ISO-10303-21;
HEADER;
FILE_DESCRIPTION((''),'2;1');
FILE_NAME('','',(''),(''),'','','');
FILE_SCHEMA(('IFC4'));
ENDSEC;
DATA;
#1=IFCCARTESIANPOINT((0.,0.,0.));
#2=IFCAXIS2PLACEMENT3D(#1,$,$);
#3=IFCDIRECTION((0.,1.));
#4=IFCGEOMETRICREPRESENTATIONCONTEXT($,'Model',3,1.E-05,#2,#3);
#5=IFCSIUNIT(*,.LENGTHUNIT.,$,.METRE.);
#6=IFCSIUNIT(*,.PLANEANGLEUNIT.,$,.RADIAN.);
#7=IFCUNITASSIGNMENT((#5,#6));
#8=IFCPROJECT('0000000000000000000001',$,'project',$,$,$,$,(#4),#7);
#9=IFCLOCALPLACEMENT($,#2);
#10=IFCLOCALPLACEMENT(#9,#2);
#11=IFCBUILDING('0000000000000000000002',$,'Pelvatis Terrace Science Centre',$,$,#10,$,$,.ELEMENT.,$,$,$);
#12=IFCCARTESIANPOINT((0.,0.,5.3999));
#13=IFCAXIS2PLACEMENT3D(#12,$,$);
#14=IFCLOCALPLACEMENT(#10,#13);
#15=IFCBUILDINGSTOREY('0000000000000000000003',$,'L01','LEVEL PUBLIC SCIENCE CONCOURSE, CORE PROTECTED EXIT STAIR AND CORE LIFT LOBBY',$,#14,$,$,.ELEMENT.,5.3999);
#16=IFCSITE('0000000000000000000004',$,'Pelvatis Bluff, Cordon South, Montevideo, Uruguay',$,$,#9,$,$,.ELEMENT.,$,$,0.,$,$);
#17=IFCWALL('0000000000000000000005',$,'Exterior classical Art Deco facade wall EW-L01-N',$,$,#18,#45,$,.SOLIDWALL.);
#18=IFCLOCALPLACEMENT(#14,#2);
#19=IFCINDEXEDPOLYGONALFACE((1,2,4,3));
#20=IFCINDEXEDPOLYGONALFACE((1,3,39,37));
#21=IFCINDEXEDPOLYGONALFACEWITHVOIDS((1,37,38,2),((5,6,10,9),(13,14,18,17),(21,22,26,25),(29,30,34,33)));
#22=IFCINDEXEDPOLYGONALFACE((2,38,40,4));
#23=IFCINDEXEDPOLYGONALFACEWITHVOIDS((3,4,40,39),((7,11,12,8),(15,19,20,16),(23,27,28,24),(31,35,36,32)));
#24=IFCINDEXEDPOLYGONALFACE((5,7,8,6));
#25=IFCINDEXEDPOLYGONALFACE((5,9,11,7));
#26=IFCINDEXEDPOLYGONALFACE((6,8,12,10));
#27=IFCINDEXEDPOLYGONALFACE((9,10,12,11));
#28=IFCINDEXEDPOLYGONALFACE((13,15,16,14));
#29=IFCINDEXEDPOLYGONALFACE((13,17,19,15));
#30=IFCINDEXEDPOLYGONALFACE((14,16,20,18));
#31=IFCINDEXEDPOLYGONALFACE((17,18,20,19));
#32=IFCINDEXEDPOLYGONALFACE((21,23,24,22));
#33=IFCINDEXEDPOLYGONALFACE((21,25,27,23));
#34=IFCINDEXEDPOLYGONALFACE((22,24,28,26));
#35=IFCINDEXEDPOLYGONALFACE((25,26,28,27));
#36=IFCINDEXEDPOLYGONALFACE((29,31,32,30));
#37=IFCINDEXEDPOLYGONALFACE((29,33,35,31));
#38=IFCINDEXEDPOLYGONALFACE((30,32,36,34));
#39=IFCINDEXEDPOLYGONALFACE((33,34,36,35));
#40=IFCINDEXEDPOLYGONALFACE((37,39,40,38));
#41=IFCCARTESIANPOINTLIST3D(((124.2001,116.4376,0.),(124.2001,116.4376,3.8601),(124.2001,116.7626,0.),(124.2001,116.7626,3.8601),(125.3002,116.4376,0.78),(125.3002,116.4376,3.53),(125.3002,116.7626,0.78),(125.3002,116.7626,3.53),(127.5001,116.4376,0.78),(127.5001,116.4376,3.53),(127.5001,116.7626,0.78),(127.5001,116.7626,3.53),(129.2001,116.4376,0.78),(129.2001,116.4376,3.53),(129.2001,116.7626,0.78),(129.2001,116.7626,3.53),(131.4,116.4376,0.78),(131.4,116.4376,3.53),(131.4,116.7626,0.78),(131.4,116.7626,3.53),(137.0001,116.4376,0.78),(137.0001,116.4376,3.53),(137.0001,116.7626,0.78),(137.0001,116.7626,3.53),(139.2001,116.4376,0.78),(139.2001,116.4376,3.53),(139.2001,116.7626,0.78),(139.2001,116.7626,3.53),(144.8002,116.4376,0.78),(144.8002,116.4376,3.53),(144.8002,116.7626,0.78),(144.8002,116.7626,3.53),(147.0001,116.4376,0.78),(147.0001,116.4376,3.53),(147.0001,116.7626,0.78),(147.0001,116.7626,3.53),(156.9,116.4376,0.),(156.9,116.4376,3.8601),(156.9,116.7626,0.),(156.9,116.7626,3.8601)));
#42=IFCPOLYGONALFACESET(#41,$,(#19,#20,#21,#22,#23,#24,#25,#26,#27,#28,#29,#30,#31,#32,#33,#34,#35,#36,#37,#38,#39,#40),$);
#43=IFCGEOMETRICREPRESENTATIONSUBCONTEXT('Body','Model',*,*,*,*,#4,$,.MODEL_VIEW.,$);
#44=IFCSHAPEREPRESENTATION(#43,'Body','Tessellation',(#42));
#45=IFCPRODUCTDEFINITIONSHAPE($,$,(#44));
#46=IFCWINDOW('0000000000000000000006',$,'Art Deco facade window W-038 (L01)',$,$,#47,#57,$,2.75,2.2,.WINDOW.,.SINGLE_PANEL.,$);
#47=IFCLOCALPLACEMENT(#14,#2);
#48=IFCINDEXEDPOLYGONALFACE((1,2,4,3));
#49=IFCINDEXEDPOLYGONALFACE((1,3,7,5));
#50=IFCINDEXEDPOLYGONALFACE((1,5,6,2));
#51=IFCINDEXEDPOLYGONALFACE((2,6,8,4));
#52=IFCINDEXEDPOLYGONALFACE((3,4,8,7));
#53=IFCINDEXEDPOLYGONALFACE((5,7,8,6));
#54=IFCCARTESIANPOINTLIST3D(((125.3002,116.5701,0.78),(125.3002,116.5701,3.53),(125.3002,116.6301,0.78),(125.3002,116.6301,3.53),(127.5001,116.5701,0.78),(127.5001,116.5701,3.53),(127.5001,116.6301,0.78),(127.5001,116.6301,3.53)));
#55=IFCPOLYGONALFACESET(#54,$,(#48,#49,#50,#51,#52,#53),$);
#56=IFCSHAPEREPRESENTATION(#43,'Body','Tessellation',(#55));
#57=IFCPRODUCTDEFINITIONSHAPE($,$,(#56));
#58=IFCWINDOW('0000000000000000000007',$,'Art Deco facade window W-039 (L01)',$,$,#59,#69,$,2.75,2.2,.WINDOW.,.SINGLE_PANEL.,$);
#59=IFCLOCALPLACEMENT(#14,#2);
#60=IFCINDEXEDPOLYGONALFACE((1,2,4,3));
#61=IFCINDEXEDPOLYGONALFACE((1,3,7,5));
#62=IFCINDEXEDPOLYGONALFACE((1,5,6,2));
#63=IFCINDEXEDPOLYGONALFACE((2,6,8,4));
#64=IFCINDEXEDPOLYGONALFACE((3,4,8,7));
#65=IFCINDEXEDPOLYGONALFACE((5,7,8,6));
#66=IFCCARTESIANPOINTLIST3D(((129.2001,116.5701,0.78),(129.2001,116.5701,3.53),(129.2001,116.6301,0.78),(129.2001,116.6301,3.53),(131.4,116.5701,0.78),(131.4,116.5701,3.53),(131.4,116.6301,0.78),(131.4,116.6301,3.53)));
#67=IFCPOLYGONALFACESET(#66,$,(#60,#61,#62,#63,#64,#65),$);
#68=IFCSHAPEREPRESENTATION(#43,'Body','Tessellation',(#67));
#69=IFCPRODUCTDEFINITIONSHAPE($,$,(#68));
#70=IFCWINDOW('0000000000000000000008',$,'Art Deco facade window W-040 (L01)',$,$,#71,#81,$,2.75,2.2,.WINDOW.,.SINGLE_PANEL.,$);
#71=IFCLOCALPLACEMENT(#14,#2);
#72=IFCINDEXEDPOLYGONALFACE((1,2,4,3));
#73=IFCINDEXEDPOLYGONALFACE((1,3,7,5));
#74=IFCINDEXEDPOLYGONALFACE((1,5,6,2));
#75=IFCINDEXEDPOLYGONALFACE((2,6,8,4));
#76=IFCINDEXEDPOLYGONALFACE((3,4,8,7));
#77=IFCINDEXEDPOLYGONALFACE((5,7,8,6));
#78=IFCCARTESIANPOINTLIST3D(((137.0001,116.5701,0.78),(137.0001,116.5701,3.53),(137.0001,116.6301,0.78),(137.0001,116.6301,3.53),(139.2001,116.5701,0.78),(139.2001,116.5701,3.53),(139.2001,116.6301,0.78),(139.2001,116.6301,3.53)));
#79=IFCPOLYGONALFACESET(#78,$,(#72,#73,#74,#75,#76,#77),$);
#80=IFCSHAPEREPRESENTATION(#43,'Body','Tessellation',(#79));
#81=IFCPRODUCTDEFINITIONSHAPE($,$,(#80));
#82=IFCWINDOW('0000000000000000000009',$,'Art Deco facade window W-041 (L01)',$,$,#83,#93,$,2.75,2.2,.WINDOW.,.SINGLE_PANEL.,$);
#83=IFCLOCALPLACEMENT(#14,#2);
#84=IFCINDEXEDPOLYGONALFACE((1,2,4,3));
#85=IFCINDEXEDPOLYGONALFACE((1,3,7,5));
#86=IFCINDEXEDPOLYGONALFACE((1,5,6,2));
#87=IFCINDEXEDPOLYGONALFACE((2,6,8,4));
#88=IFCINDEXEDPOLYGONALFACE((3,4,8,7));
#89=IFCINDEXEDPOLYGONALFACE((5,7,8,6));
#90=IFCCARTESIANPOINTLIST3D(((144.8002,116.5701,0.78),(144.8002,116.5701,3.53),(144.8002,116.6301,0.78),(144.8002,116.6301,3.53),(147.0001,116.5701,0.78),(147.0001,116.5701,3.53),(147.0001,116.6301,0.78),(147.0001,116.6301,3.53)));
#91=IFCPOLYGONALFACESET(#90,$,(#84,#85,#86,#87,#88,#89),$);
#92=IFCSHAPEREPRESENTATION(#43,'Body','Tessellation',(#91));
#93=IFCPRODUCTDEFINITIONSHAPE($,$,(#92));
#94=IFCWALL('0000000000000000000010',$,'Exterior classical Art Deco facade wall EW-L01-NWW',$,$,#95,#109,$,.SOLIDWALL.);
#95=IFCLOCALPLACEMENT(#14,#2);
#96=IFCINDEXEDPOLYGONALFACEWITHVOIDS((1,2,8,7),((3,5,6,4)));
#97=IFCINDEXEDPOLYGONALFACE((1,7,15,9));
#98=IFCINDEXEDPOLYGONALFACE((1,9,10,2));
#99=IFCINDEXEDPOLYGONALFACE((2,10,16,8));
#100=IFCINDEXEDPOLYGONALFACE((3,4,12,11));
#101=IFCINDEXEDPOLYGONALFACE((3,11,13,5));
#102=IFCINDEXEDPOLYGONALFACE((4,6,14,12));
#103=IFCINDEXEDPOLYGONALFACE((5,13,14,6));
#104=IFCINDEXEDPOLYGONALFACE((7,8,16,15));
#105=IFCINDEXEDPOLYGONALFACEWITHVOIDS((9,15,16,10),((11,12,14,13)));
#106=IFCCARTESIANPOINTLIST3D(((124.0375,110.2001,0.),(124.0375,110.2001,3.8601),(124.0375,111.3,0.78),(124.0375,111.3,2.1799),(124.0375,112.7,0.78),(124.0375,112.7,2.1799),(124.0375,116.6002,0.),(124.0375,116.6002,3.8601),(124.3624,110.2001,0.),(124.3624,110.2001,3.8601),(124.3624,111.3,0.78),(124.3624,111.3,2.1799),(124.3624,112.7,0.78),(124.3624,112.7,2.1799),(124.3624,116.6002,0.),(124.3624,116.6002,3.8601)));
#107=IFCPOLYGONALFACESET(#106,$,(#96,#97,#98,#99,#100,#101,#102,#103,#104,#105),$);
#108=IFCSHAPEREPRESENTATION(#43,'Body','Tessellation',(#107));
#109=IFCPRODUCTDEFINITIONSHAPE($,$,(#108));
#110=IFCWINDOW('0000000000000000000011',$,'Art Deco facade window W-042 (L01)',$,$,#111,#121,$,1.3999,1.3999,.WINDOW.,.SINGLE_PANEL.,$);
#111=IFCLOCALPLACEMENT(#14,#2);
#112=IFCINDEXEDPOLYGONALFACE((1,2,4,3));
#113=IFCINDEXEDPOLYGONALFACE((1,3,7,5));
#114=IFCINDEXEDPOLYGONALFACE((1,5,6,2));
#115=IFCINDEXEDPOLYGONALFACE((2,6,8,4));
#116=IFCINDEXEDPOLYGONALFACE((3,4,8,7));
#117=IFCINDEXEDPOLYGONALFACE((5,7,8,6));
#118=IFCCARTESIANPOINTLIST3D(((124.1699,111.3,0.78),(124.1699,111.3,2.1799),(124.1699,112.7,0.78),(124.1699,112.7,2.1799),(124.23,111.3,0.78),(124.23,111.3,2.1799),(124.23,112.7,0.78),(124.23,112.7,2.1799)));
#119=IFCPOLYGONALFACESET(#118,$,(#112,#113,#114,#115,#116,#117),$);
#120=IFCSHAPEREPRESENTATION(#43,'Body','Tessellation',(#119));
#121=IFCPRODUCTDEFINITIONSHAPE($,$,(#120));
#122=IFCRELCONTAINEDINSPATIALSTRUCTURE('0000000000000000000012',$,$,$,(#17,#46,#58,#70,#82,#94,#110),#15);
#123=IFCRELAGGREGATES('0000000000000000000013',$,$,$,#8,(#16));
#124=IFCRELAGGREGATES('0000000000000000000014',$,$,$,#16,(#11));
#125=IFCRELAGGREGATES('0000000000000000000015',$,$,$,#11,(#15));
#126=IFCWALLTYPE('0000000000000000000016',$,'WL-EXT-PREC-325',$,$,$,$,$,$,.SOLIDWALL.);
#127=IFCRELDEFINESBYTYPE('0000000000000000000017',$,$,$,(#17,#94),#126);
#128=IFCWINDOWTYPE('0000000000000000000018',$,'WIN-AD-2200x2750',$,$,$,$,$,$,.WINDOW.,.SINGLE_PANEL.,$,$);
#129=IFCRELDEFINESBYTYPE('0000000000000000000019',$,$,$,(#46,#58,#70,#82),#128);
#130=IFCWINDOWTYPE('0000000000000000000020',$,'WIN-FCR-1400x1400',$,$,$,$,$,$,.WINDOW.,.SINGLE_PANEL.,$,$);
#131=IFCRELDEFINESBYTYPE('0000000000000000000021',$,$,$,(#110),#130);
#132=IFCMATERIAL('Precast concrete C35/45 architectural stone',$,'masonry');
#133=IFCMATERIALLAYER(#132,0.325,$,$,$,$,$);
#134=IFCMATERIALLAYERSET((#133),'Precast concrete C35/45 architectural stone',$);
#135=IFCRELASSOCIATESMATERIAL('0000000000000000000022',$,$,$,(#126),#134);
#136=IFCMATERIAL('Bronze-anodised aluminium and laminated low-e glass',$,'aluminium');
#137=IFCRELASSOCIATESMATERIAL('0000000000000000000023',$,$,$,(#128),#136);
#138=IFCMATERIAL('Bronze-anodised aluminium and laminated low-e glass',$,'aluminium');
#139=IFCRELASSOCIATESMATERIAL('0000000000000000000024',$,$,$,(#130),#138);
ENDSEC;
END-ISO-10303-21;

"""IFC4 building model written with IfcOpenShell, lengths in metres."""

from ifc_helpers import new_model, si_unit, direction, frame, frame_2d, origin, place, context, subcontext, project, spatial, rectangle, extrude, material, layer, layer_set, type_object, element, fill, save


model = new_model("IFC4")

# Units and contexts
model_context = context("Model", 3, precision=1e-05, world=origin(), true_north=direction((0.0, 1.0)))
body_context = subcontext(model_context, "Body", "Model", "MODEL_VIEW")
ifc_project = project(units=[si_unit("LENGTHUNIT", "METRE"), si_unit("PLANEANGLEUNIT", "RADIAN")], contexts=[model_context])

# Site, building, storey
site_placement = place(None, origin())
site = spatial("IfcSite", under=ifc_project, at=site_placement, Name="Pelvatis Bluff, Cordon South, Montevideo, Uruguay", CompositionType="ELEMENT", RefElevation=0.0)
building_placement = place(site_placement, origin())
building = spatial("IfcBuilding", under=site, at=building_placement, Name="Pelvatis Terrace Science Centre", CompositionType="ELEMENT")
storey_placement = place(building_placement, frame((0.0, 0.0, 5.3999)))
storey = spatial("IfcBuildingStorey", under=building, at=storey_placement, Name="L01", Description="LEVEL PUBLIC SCIENCE CONCOURSE, CORE PROTECTED EXIT STAIR AND CORE LIFT LOBBY", CompositionType="ELEMENT", Elevation=5.3999)

# Wall, openings, windows
ifc_material_1 = material(Name="Precast concrete C35/45 architectural stone", Category="masonry")
ifc_layer_1 = layer(ifc_material_1, 0.325)
ifc_layer_set_1 = layer_set([ifc_layer_1], Name="Precast concrete C35/45 architectural stone")
wall_type_1 = type_object("IfcWallType", Name="WL-EXT-PREC-325", PredefinedType="SOLIDWALL", material=ifc_layer_set_1)
wall_1_placement = place(storey_placement, frame((124.2, 116.6001, 0.0), z_axis=(0.0, 0.0, 1.0), x_axis=(1.0, 0.0, 0.0)))
wall_1 = element("IfcWall", 1, at=wall_1_placement, inside=storey, type_object=wall_type_1, Name="Exterior classical Art Deco facade wall EW-L01-N", PredefinedType="SOLIDWALL", context=body_context, shape_type="SweptSolid", body=[
    extrude(rectangle(XDim=32.7, YDim=0.325, at=frame_2d((16.3501, 0.0))), origin(), (0.0, 0.0, 1.0), 3.8601),
])
opening_1_placement = place(wall_1_placement, frame((1.1001, 0.0, 0.78)))
opening_1 = element("IfcOpeningElement", 2, at=opening_1_placement, cuts=wall_1, PredefinedType="OPENING", context=body_context, shape_type="SweptSolid", body=[
    extrude(rectangle(XDim=2.2, YDim=2.75, at=frame_2d((1.1001, 1.375))), frame((0.0, 0.1724, 0.0), z_axis=(0.0, -1.0, 0.0), x_axis=(1.0, 0.0, 0.0)), (0.0, 0.0, 1.0), 0.345),
])
opening_2_placement = place(wall_1_placement, frame((5.0, 0.0, 0.78)))
opening_2 = element("IfcOpeningElement", 3, at=opening_2_placement, cuts=wall_1, PredefinedType="OPENING", context=body_context, shape_type="SweptSolid", body=[
    extrude(rectangle(XDim=2.2, YDim=2.75, at=frame_2d((1.1001, 1.375))), frame((0.0, 0.1724, 0.0), z_axis=(0.0, -1.0, 0.0), x_axis=(1.0, 0.0, 0.0)), (0.0, 0.0, 1.0), 0.345),
])
opening_3_placement = place(wall_1_placement, frame((12.8, 0.0, 0.78)))
opening_3 = element("IfcOpeningElement", 4, at=opening_3_placement, cuts=wall_1, PredefinedType="OPENING", context=body_context, shape_type="SweptSolid", body=[
    extrude(rectangle(XDim=2.2, YDim=2.75, at=frame_2d((1.1001, 1.375))), frame((0.0, 0.1724, 0.0), z_axis=(0.0, -1.0, 0.0), x_axis=(1.0, 0.0, 0.0)), (0.0, 0.0, 1.0), 0.345),
])
opening_4_placement = place(wall_1_placement, frame((20.6001, 0.0, 0.78)))
opening_4 = element("IfcOpeningElement", 5, at=opening_4_placement, cuts=wall_1, PredefinedType="OPENING", context=body_context, shape_type="SweptSolid", body=[
    extrude(rectangle(XDim=2.2, YDim=2.75, at=frame_2d((1.1001, 1.375))), frame((0.0, 0.1724, 0.0), z_axis=(0.0, -1.0, 0.0), x_axis=(1.0, 0.0, 0.0)), (0.0, 0.0, 1.0), 0.345),
])
ifc_material_2 = material(Name="Bronze-anodised aluminium and laminated low-e glass", Category="aluminium")
window_type_1 = type_object("IfcWindowType", Name="WIN-AD-2200x2750", PartitioningType="SINGLE_PANEL", PredefinedType="WINDOW", material=ifc_material_2)
window_1_placement = place(opening_1_placement, origin())
window_1 = element("IfcWindow", 6, at=window_1_placement, inside=storey, type_object=window_type_1, Name="Art Deco facade window W-038 (L01)", OverallHeight=2.75, OverallWidth=2.2, PartitioningType="SINGLE_PANEL", PredefinedType="WINDOW", context=body_context, shape_type="SweptSolid", body=[
    extrude(rectangle(XDim=2.2, YDim=2.75, at=frame_2d((1.1001, 1.375))), frame((0.0, 0.03, 0.0), z_axis=(0.0, -1.0, 0.0), x_axis=(1.0, 0.0, 0.0)), (0.0, 0.0, 1.0), 0.0601),
])
fill(opening_1, window_1)
window_2_placement = place(opening_2_placement, origin())
window_2 = element("IfcWindow", 7, at=window_2_placement, inside=storey, type_object=window_type_1, Name="Art Deco facade window W-039 (L01)", OverallHeight=2.75, OverallWidth=2.2, PartitioningType="SINGLE_PANEL", PredefinedType="WINDOW", context=body_context, shape_type="SweptSolid", body=[
    extrude(rectangle(XDim=2.2, YDim=2.75, at=frame_2d((1.1001, 1.375))), frame((0.0, 0.03, 0.0), z_axis=(0.0, -1.0, 0.0), x_axis=(1.0, 0.0, 0.0)), (0.0, 0.0, 1.0), 0.0601),
])
fill(opening_2, window_2)
window_3_placement = place(opening_3_placement, origin())
window_3 = element("IfcWindow", 8, at=window_3_placement, inside=storey, type_object=window_type_1, Name="Art Deco facade window W-040 (L01)", OverallHeight=2.75, OverallWidth=2.2, PartitioningType="SINGLE_PANEL", PredefinedType="WINDOW", context=body_context, shape_type="SweptSolid", body=[
    extrude(rectangle(XDim=2.2, YDim=2.75, at=frame_2d((1.1001, 1.375))), frame((0.0, 0.03, 0.0), z_axis=(0.0, -1.0, 0.0), x_axis=(1.0, 0.0, 0.0)), (0.0, 0.0, 1.0), 0.0601),
])
fill(opening_3, window_3)
window_4_placement = place(opening_4_placement, origin())
window_4 = element("IfcWindow", 9, at=window_4_placement, inside=storey, type_object=window_type_1, Name="Art Deco facade window W-041 (L01)", OverallHeight=2.75, OverallWidth=2.2, PartitioningType="SINGLE_PANEL", PredefinedType="WINDOW", context=body_context, shape_type="SweptSolid", body=[
    extrude(rectangle(XDim=2.2, YDim=2.75, at=frame_2d((1.1001, 1.375))), frame((0.0, 0.03, 0.0), z_axis=(0.0, -1.0, 0.0), x_axis=(1.0, 0.0, 0.0)), (0.0, 0.0, 1.0), 0.0601),
])
fill(opening_4, window_4)

# Wall, opening, window
wall_2_placement = place(storey_placement, frame((124.2, 110.2, 0.0), z_axis=(0.0, 0.0, 1.0), x_axis=(0.0, 1.0, 0.0)))
wall_2 = element("IfcWall", 10, at=wall_2_placement, inside=storey, type_object=wall_type_1, Name="Exterior classical Art Deco facade wall EW-L01-NWW", PredefinedType="SOLIDWALL", context=body_context, shape_type="SweptSolid", body=[
    extrude(rectangle(XDim=6.4001, YDim=0.325, at=frame_2d((3.2002, 0.0))), origin(), (0.0, 0.0, 1.0), 3.8601),
])
opening_5_placement = place(wall_2_placement, frame((1.1001, 0.0, 0.78)))
opening_5 = element("IfcOpeningElement", 11, at=opening_5_placement, cuts=wall_2, PredefinedType="OPENING", context=body_context, shape_type="SweptSolid", body=[
    extrude(rectangle(XDim=1.3999, YDim=1.3999, at=frame_2d((0.7, 0.7))), frame((0.0, 0.1724, 0.0), z_axis=(0.0, -1.0, 0.0), x_axis=(1.0, 0.0, 0.0)), (0.0, 0.0, 1.0), 0.345),
])
ifc_material_3 = material(Name="Bronze-anodised aluminium and laminated low-e glass", Category="aluminium")
window_type_2 = type_object("IfcWindowType", Name="WIN-FCR-1400x1400", PartitioningType="SINGLE_PANEL", PredefinedType="WINDOW", material=ifc_material_3)
window_5_placement = place(opening_5_placement, origin())
window_5 = element("IfcWindow", 12, at=window_5_placement, inside=storey, type_object=window_type_2, Name="Art Deco facade window W-042 (L01)", OverallHeight=1.3999, OverallWidth=1.3999, PartitioningType="SINGLE_PANEL", PredefinedType="WINDOW", context=body_context, shape_type="SweptSolid", body=[
    extrude(rectangle(XDim=1.3999, YDim=1.3999, at=frame_2d((0.7, 0.7))), frame((0.0, 0.03, 0.0), z_axis=(0.0, -1.0, 0.0), x_axis=(1.0, 0.0, 0.0)), (0.0, 0.0, 1.0), 0.0601),
])
fill(opening_5, window_5)

save(model, "model.ifc")
